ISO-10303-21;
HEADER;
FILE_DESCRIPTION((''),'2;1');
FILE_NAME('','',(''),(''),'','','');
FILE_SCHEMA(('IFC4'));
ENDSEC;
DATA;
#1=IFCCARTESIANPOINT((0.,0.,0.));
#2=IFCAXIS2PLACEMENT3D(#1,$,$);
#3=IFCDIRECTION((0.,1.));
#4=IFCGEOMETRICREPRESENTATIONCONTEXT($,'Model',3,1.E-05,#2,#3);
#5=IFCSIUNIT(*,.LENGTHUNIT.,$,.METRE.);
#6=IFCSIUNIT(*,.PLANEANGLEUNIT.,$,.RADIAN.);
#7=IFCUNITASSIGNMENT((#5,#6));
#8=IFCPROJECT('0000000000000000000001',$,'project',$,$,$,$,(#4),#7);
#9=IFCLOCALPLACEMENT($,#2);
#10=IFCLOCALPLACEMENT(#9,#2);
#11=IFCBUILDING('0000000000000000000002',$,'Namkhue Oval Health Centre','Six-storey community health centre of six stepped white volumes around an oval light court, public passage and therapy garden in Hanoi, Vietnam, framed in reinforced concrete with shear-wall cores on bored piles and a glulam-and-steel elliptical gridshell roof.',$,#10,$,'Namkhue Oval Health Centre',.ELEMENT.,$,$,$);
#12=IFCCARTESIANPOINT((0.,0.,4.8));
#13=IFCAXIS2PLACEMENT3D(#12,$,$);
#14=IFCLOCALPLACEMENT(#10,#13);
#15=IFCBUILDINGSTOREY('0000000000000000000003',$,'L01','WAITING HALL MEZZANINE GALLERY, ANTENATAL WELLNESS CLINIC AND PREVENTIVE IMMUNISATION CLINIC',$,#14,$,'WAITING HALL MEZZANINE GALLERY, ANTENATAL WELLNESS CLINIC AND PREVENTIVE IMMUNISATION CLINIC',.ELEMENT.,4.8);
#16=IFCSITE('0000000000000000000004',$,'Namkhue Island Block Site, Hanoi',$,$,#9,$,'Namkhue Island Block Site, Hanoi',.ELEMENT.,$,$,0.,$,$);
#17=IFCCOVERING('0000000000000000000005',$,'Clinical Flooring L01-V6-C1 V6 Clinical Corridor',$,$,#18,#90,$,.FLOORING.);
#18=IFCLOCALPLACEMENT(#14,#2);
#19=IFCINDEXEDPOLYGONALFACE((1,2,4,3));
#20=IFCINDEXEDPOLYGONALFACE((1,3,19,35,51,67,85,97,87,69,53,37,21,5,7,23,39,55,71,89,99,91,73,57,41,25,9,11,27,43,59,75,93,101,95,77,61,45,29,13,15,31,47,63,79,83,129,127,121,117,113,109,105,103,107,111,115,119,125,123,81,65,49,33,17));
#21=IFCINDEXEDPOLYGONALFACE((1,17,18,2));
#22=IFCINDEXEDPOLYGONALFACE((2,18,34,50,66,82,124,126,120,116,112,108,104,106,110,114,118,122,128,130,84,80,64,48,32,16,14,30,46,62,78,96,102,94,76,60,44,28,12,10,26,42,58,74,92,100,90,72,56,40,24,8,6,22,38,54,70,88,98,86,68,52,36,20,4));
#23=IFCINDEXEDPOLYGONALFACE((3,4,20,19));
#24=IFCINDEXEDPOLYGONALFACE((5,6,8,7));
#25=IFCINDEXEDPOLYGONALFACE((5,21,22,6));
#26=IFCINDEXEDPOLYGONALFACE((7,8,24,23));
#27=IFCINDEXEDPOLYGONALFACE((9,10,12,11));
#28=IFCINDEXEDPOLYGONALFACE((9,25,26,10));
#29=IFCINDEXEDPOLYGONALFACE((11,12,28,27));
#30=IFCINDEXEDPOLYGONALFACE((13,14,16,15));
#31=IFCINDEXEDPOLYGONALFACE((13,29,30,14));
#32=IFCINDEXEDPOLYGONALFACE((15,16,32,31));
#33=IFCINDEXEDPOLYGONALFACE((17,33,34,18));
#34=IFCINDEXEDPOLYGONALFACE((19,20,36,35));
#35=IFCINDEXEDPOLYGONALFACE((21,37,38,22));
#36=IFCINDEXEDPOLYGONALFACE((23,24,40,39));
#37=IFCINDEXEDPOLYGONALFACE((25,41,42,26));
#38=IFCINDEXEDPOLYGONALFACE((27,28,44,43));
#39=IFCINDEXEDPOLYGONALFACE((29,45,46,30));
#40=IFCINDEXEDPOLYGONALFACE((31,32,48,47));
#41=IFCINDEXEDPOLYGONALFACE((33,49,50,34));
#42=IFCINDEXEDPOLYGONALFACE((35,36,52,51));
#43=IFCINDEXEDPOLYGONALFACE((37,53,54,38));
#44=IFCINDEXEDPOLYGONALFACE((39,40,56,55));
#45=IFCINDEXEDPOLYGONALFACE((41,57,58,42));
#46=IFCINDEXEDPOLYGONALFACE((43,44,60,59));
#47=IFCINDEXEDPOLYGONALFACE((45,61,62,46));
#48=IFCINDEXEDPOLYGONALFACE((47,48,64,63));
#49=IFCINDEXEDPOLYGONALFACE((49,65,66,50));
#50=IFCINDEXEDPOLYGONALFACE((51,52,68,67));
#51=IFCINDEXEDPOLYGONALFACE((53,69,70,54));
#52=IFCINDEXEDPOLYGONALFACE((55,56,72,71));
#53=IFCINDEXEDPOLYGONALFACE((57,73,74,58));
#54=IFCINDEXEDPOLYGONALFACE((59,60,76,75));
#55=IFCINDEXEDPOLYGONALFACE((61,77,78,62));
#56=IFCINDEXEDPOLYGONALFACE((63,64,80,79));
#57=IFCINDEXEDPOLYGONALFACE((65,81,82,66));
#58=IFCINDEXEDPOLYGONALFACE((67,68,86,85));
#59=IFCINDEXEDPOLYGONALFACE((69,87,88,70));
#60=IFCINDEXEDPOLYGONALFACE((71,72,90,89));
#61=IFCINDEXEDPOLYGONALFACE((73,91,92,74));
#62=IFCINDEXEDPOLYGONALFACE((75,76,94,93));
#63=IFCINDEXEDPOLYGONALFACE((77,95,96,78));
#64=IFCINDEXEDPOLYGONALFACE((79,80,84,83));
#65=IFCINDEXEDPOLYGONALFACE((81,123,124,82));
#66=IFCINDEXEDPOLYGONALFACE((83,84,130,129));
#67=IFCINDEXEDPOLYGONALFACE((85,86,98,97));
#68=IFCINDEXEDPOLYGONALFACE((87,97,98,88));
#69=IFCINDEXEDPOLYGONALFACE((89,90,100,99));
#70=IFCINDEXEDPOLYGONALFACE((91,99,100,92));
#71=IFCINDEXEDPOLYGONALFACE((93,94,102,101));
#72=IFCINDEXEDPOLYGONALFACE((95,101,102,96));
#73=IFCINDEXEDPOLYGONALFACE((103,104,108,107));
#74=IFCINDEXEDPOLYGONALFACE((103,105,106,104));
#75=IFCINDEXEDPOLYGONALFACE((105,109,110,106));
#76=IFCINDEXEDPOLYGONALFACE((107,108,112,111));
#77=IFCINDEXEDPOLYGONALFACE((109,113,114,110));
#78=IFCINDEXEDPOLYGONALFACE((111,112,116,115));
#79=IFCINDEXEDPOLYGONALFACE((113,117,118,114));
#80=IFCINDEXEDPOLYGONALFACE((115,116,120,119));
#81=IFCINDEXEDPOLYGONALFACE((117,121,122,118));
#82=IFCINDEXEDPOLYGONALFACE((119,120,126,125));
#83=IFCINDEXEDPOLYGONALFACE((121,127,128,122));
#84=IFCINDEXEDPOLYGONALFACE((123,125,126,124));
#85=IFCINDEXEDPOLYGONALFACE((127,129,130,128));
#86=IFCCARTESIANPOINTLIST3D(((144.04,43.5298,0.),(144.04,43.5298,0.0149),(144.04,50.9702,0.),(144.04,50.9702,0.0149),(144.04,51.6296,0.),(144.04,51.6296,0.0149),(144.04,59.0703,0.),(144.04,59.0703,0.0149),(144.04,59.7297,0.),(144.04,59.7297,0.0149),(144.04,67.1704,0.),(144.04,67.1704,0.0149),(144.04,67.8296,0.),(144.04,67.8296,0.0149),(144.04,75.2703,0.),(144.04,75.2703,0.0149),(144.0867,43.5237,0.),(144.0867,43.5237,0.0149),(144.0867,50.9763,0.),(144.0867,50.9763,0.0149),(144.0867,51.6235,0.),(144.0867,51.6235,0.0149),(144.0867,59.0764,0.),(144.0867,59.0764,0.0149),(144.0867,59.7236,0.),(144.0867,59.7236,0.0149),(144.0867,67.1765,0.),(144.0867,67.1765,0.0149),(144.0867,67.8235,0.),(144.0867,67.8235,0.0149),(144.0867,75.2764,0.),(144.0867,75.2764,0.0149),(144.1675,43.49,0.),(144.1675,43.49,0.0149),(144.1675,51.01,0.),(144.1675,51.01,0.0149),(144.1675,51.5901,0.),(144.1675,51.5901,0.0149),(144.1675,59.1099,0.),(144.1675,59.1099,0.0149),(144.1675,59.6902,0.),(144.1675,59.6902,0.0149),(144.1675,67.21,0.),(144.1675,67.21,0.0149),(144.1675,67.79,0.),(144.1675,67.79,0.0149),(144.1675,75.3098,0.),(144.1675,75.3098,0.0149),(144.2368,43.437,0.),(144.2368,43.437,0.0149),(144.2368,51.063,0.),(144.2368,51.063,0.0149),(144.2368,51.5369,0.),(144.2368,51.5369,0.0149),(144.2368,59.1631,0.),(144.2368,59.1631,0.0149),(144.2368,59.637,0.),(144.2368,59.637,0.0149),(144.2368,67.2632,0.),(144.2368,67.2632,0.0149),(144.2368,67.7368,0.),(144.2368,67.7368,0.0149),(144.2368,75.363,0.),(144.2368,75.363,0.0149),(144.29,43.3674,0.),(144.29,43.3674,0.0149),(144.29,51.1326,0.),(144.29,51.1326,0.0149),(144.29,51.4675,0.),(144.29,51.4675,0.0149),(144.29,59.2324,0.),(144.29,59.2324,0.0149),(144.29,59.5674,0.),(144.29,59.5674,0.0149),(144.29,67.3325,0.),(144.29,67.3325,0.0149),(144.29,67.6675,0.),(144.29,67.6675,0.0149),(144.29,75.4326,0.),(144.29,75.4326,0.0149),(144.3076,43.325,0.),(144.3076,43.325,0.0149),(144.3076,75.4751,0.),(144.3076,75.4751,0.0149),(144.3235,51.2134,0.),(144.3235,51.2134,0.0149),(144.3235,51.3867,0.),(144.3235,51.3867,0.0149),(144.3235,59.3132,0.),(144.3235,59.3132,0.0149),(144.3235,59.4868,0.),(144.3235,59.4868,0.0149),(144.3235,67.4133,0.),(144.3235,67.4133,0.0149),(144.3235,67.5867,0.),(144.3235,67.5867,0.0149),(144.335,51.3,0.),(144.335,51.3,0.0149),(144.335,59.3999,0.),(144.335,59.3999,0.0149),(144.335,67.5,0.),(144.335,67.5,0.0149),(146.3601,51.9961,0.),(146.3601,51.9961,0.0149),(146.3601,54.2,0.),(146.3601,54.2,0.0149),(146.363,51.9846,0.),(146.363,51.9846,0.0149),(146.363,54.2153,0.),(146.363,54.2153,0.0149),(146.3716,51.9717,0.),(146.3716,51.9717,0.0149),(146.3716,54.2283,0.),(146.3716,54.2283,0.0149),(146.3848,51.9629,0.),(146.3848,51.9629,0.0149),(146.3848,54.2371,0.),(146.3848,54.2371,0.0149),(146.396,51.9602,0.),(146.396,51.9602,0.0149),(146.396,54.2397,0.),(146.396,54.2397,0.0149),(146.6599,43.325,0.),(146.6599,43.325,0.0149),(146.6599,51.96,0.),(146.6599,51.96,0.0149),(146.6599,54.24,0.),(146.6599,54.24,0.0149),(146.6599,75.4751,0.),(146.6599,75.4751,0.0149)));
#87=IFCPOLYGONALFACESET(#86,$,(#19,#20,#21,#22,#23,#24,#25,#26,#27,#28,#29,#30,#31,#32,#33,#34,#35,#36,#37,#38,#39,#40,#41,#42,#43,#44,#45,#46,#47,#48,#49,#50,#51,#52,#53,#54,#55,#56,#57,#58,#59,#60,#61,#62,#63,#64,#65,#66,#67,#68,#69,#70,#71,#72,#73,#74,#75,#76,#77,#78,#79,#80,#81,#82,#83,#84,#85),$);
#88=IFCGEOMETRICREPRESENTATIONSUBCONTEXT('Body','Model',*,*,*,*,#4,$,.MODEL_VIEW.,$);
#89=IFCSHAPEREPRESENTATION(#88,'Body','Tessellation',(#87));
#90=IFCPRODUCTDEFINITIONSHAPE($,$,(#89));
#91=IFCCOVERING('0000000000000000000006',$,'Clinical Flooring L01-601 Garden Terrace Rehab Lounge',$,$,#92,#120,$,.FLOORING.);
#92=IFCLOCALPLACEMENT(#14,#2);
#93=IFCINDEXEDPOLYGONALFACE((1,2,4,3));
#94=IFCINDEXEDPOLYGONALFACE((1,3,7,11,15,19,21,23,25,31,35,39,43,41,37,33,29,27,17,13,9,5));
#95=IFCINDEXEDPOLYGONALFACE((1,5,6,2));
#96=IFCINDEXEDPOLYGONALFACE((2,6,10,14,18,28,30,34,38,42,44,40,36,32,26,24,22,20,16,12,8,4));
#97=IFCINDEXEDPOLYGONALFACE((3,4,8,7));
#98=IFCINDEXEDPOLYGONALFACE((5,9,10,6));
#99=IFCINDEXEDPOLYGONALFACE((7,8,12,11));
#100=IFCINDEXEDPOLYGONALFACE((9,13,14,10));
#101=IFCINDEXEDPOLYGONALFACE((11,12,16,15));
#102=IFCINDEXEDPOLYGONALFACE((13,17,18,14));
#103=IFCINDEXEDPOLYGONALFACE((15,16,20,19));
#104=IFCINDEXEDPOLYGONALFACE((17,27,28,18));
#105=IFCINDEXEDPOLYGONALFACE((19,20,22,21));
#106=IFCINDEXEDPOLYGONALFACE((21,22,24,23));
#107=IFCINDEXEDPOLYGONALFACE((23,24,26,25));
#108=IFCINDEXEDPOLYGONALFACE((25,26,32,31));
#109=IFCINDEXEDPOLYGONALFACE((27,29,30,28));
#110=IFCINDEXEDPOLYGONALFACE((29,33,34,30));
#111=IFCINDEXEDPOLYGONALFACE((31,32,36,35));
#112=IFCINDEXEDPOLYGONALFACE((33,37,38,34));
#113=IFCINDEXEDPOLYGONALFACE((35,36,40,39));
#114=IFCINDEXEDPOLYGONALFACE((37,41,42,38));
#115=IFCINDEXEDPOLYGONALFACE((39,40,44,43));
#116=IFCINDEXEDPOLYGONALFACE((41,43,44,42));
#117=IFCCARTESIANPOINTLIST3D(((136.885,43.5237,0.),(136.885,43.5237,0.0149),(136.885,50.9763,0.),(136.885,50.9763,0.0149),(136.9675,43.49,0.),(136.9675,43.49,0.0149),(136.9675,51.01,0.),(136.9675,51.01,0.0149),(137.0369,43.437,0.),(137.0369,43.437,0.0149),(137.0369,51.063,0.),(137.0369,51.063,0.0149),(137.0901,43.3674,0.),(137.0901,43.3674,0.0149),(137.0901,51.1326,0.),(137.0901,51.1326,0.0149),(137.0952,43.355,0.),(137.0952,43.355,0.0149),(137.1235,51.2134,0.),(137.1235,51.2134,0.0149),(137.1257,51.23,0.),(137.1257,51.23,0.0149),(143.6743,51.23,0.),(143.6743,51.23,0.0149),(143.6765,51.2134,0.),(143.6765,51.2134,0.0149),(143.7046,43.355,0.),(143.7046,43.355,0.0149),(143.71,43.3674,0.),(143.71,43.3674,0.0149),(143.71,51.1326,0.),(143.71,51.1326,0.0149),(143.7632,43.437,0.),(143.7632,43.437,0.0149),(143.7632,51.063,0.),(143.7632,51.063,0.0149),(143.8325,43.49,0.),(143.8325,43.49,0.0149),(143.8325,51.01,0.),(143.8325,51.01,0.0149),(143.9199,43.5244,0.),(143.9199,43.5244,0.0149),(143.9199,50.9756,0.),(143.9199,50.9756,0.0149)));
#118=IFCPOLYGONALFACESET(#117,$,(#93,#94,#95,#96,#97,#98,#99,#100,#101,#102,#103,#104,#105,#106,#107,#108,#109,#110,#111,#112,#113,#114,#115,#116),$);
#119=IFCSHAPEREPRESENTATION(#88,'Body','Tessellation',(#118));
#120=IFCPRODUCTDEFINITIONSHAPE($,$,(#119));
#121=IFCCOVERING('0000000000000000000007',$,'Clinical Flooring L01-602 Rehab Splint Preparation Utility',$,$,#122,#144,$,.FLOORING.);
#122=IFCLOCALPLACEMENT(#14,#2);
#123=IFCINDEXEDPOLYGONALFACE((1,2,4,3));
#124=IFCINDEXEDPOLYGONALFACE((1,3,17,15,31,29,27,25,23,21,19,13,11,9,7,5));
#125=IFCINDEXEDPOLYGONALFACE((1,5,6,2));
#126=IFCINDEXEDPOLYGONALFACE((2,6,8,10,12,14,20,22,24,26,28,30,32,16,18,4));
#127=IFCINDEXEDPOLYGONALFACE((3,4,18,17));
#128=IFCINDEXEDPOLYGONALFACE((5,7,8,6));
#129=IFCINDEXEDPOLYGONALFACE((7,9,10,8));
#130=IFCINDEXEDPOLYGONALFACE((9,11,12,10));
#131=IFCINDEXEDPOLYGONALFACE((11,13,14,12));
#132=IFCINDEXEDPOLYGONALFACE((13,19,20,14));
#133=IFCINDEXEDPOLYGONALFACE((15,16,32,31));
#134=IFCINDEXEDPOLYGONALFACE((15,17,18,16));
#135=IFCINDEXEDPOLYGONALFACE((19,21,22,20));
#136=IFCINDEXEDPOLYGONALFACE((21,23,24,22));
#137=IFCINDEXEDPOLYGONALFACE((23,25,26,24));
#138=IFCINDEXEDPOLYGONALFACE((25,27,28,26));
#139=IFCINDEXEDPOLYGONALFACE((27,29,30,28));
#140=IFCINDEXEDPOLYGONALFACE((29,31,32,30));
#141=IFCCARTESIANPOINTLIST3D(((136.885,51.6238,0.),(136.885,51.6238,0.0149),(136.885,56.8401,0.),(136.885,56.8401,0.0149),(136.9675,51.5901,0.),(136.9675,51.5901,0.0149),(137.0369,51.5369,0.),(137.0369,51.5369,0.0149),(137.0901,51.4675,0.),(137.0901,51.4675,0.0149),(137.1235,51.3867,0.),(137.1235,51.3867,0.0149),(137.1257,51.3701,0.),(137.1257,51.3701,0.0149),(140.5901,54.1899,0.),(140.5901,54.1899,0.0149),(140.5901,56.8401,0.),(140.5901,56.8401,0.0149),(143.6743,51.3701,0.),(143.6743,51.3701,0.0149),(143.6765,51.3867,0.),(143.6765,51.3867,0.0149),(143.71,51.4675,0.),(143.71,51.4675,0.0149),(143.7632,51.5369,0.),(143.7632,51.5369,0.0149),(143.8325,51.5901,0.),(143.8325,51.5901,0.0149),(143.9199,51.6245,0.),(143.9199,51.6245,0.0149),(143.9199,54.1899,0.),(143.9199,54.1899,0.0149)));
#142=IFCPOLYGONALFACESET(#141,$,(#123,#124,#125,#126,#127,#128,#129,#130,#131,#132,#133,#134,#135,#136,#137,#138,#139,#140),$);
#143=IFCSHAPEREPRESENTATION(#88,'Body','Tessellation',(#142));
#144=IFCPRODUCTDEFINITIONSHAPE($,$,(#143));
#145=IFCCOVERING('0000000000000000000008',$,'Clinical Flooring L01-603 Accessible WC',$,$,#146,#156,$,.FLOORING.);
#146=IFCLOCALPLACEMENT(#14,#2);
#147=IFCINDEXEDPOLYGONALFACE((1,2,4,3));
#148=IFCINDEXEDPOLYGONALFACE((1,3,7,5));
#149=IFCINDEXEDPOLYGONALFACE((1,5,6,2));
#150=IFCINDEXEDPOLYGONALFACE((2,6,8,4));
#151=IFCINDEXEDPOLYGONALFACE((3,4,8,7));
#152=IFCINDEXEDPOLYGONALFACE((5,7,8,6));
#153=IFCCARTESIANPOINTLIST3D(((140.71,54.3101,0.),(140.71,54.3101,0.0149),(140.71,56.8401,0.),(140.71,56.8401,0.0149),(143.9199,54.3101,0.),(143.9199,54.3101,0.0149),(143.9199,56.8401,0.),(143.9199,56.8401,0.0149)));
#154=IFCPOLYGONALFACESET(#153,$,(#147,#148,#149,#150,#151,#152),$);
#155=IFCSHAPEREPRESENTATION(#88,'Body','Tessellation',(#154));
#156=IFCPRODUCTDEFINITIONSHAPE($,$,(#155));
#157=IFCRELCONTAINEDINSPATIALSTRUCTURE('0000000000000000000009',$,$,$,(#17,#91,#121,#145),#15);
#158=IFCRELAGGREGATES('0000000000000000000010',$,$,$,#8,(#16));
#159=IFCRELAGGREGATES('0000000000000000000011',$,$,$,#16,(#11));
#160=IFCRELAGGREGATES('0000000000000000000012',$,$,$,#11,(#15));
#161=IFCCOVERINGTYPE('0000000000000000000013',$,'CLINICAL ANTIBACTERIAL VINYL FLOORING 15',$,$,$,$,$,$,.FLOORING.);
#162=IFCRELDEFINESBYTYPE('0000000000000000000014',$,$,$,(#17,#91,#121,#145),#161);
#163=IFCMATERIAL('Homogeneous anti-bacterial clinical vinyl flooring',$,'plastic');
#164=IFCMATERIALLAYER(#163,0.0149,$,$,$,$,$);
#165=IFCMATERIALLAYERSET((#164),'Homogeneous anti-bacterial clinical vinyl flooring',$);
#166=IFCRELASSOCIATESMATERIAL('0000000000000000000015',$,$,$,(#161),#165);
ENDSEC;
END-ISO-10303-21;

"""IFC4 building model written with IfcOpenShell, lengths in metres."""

from ifc_helpers import new_model, si_unit, direction, frame, origin, place, context, subcontext, project, spatial, polyline, outline, extrude, material, layer, layer_set, type_object, element, save


model = new_model("IFC4")

# Units and contexts
model_context = context("Model", 3, precision=1e-05, world=origin(), true_north=direction((0.0, 1.0)))
body_context = subcontext(model_context, "Body", "Model", "MODEL_VIEW")
ifc_project = project(units=[si_unit("LENGTHUNIT", "METRE"), si_unit("PLANEANGLEUNIT", "RADIAN")], contexts=[model_context])

# Site, building, storey
site_placement = place(None, origin())
site = spatial("IfcSite", under=ifc_project, at=site_placement, Name="Namkhue Island Block Site, Hanoi", LongName="Namkhue Island Block Site, Hanoi", CompositionType="ELEMENT", RefElevation=0.0)
building_placement = place(site_placement, origin())
building = spatial("IfcBuilding", under=site, at=building_placement, Name="Namkhue Oval Health Centre", Description="Six-storey community health centre of six stepped white volumes around an oval light court, public passage and therapy garden in Hanoi, Vietnam, framed in reinforced concrete with shear-wall cores on bored piles and a glulam-and-steel elliptical gridshell roof.", LongName="Namkhue Oval Health Centre", CompositionType="ELEMENT")
storey_placement = place(building_placement, frame((0.0, 0.0, 4.8)))
storey = spatial("IfcBuildingStorey", under=building, at=storey_placement, Name="L01", Description="WAITING HALL MEZZANINE GALLERY, ANTENATAL WELLNESS CLINIC AND PREVENTIVE IMMUNISATION CLINIC", LongName="WAITING HALL MEZZANINE GALLERY, ANTENATAL WELLNESS CLINIC AND PREVENTIVE IMMUNISATION CLINIC", CompositionType="ELEMENT", Elevation=4.8)

# Coverings
ifc_material_1 = material(Name="Homogeneous anti-bacterial clinical vinyl flooring", Category="plastic")
ifc_layer_1 = layer(ifc_material_1, 0.0149)
ifc_layer_set_1 = layer_set([ifc_layer_1], Name="Homogeneous anti-bacterial clinical vinyl flooring")
covering_type_1 = type_object("IfcCoveringType", Name="CLINICAL ANTIBACTERIAL VINYL FLOORING 15", PredefinedType="FLOORING", material=ifc_layer_set_1)
covering_1_placement = place(storey_placement, origin())
element("IfcCovering", 1, at=covering_1_placement, inside=storey, type_object=covering_type_1, Name="Clinical Flooring L01-V6-C1 V6 Clinical Corridor", PredefinedType="FLOORING", context=body_context, shape_type="SweptSolid", body=[
    extrude(outline(polyline([(144.04, 50.9702), (144.0867, 50.9763), (144.1675, 51.01), (144.2368, 51.063), (144.29, 51.1326), (144.3235, 51.2134), (144.335, 51.3), (144.3235, 51.3867), (144.29, 51.4675), (144.2368, 51.5369), (144.1675, 51.5901), (144.0867, 51.6235), (144.04, 51.6296), (144.04, 59.0703), (144.0867, 59.0764), (144.1675, 59.1099), (144.2368, 59.1631), (144.29, 59.2324), (144.3235, 59.3132), (144.335, 59.3999), (144.3235, 59.4868), (144.29, 59.5674), (144.2368, 59.637), (144.1675, 59.6902), (144.0867, 59.7236), (144.04, 59.7297), (144.04, 67.1704), (144.0867, 67.1765), (144.1675, 67.21), (144.2368, 67.2632), (144.29, 67.3325), (144.3235, 67.4133), (144.335, 67.5), (144.3235, 67.5867), (144.29, 67.6675), (144.2368, 67.7368), (144.1675, 67.79), (144.0867, 67.8235), (144.04, 67.8296), (144.04, 75.2703), (144.0867, 75.2764), (144.1675, 75.3098), (144.2368, 75.363), (144.29, 75.4326), (144.3076, 75.4751), (146.6599, 75.4751), (146.6599, 54.24), (146.396, 54.2397), (146.3848, 54.2371), (146.3716, 54.2283), (146.363, 54.2153), (146.3601, 54.2), (146.3601, 51.9961), (146.363, 51.9846), (146.3716, 51.9717), (146.3848, 51.9629), (146.396, 51.9602), (146.6599, 51.96), (146.6599, 43.325), (144.3076, 43.325), (144.29, 43.3674), (144.2368, 43.437), (144.1675, 43.49), (144.0867, 43.5237), (144.04, 43.5298), (144.04, 50.9702)])), origin(), (0.0, 0.0, 1.0), 0.0149),
])
covering_2_placement = place(storey_placement, origin())
element("IfcCovering", 2, at=covering_2_placement, inside=storey, type_object=covering_type_1, Name="Clinical Flooring L01-601 Garden Terrace Rehab Lounge", PredefinedType="FLOORING", context=body_context, shape_type="SweptSolid", body=[
    extrude(outline(polyline([(137.0952, 43.355), (137.0901, 43.3674), (137.0369, 43.437), (136.9675, 43.49), (136.885, 43.5237), (136.885, 50.9763), (136.9675, 51.01), (137.0369, 51.063), (137.0901, 51.1326), (137.1235, 51.2134), (137.1257, 51.23), (143.6743, 51.23), (143.6765, 51.2134), (143.71, 51.1326), (143.7632, 51.063), (143.8325, 51.01), (143.9199, 50.9756), (143.9199, 43.5244), (143.8325, 43.49), (143.7632, 43.437), (143.71, 43.3674), (143.7046, 43.355), (137.0952, 43.355)])), origin(), (0.0, 0.0, 1.0), 0.0149),
])
covering_3_placement = place(storey_placement, origin())
element("IfcCovering", 3, at=covering_3_placement, inside=storey, type_object=covering_type_1, Name="Clinical Flooring L01-602 Rehab Splint Preparation Utility", PredefinedType="FLOORING", context=body_context, shape_type="SweptSolid", body=[
    extrude(outline(polyline([(136.885, 56.8401), (140.5901, 56.8401), (140.5901, 54.1899), (143.9199, 54.1899), (143.9199, 51.6245), (143.8325, 51.5901), (143.7632, 51.5369), (143.71, 51.4675), (143.6765, 51.3867), (143.6743, 51.3701), (137.1257, 51.3701), (137.1235, 51.3867), (137.0901, 51.4675), (137.0369, 51.5369), (136.9675, 51.5901), (136.885, 51.6238), (136.885, 56.8401)])), origin(), (0.0, 0.0, 1.0), 0.0149),
])
covering_4_placement = place(storey_placement, origin())
element("IfcCovering", 4, at=covering_4_placement, inside=storey, type_object=covering_type_1, Name="Clinical Flooring L01-603 Accessible WC", PredefinedType="FLOORING", context=body_context, shape_type="SweptSolid", body=[
    extrude(outline(polyline([(140.71, 54.3101), (140.71, 56.8401), (143.9199, 56.8401), (143.9199, 54.3101), (140.71, 54.3101)])), origin(), (0.0, 0.0, 1.0), 0.0149),
])

save(model, "model.ifc")
